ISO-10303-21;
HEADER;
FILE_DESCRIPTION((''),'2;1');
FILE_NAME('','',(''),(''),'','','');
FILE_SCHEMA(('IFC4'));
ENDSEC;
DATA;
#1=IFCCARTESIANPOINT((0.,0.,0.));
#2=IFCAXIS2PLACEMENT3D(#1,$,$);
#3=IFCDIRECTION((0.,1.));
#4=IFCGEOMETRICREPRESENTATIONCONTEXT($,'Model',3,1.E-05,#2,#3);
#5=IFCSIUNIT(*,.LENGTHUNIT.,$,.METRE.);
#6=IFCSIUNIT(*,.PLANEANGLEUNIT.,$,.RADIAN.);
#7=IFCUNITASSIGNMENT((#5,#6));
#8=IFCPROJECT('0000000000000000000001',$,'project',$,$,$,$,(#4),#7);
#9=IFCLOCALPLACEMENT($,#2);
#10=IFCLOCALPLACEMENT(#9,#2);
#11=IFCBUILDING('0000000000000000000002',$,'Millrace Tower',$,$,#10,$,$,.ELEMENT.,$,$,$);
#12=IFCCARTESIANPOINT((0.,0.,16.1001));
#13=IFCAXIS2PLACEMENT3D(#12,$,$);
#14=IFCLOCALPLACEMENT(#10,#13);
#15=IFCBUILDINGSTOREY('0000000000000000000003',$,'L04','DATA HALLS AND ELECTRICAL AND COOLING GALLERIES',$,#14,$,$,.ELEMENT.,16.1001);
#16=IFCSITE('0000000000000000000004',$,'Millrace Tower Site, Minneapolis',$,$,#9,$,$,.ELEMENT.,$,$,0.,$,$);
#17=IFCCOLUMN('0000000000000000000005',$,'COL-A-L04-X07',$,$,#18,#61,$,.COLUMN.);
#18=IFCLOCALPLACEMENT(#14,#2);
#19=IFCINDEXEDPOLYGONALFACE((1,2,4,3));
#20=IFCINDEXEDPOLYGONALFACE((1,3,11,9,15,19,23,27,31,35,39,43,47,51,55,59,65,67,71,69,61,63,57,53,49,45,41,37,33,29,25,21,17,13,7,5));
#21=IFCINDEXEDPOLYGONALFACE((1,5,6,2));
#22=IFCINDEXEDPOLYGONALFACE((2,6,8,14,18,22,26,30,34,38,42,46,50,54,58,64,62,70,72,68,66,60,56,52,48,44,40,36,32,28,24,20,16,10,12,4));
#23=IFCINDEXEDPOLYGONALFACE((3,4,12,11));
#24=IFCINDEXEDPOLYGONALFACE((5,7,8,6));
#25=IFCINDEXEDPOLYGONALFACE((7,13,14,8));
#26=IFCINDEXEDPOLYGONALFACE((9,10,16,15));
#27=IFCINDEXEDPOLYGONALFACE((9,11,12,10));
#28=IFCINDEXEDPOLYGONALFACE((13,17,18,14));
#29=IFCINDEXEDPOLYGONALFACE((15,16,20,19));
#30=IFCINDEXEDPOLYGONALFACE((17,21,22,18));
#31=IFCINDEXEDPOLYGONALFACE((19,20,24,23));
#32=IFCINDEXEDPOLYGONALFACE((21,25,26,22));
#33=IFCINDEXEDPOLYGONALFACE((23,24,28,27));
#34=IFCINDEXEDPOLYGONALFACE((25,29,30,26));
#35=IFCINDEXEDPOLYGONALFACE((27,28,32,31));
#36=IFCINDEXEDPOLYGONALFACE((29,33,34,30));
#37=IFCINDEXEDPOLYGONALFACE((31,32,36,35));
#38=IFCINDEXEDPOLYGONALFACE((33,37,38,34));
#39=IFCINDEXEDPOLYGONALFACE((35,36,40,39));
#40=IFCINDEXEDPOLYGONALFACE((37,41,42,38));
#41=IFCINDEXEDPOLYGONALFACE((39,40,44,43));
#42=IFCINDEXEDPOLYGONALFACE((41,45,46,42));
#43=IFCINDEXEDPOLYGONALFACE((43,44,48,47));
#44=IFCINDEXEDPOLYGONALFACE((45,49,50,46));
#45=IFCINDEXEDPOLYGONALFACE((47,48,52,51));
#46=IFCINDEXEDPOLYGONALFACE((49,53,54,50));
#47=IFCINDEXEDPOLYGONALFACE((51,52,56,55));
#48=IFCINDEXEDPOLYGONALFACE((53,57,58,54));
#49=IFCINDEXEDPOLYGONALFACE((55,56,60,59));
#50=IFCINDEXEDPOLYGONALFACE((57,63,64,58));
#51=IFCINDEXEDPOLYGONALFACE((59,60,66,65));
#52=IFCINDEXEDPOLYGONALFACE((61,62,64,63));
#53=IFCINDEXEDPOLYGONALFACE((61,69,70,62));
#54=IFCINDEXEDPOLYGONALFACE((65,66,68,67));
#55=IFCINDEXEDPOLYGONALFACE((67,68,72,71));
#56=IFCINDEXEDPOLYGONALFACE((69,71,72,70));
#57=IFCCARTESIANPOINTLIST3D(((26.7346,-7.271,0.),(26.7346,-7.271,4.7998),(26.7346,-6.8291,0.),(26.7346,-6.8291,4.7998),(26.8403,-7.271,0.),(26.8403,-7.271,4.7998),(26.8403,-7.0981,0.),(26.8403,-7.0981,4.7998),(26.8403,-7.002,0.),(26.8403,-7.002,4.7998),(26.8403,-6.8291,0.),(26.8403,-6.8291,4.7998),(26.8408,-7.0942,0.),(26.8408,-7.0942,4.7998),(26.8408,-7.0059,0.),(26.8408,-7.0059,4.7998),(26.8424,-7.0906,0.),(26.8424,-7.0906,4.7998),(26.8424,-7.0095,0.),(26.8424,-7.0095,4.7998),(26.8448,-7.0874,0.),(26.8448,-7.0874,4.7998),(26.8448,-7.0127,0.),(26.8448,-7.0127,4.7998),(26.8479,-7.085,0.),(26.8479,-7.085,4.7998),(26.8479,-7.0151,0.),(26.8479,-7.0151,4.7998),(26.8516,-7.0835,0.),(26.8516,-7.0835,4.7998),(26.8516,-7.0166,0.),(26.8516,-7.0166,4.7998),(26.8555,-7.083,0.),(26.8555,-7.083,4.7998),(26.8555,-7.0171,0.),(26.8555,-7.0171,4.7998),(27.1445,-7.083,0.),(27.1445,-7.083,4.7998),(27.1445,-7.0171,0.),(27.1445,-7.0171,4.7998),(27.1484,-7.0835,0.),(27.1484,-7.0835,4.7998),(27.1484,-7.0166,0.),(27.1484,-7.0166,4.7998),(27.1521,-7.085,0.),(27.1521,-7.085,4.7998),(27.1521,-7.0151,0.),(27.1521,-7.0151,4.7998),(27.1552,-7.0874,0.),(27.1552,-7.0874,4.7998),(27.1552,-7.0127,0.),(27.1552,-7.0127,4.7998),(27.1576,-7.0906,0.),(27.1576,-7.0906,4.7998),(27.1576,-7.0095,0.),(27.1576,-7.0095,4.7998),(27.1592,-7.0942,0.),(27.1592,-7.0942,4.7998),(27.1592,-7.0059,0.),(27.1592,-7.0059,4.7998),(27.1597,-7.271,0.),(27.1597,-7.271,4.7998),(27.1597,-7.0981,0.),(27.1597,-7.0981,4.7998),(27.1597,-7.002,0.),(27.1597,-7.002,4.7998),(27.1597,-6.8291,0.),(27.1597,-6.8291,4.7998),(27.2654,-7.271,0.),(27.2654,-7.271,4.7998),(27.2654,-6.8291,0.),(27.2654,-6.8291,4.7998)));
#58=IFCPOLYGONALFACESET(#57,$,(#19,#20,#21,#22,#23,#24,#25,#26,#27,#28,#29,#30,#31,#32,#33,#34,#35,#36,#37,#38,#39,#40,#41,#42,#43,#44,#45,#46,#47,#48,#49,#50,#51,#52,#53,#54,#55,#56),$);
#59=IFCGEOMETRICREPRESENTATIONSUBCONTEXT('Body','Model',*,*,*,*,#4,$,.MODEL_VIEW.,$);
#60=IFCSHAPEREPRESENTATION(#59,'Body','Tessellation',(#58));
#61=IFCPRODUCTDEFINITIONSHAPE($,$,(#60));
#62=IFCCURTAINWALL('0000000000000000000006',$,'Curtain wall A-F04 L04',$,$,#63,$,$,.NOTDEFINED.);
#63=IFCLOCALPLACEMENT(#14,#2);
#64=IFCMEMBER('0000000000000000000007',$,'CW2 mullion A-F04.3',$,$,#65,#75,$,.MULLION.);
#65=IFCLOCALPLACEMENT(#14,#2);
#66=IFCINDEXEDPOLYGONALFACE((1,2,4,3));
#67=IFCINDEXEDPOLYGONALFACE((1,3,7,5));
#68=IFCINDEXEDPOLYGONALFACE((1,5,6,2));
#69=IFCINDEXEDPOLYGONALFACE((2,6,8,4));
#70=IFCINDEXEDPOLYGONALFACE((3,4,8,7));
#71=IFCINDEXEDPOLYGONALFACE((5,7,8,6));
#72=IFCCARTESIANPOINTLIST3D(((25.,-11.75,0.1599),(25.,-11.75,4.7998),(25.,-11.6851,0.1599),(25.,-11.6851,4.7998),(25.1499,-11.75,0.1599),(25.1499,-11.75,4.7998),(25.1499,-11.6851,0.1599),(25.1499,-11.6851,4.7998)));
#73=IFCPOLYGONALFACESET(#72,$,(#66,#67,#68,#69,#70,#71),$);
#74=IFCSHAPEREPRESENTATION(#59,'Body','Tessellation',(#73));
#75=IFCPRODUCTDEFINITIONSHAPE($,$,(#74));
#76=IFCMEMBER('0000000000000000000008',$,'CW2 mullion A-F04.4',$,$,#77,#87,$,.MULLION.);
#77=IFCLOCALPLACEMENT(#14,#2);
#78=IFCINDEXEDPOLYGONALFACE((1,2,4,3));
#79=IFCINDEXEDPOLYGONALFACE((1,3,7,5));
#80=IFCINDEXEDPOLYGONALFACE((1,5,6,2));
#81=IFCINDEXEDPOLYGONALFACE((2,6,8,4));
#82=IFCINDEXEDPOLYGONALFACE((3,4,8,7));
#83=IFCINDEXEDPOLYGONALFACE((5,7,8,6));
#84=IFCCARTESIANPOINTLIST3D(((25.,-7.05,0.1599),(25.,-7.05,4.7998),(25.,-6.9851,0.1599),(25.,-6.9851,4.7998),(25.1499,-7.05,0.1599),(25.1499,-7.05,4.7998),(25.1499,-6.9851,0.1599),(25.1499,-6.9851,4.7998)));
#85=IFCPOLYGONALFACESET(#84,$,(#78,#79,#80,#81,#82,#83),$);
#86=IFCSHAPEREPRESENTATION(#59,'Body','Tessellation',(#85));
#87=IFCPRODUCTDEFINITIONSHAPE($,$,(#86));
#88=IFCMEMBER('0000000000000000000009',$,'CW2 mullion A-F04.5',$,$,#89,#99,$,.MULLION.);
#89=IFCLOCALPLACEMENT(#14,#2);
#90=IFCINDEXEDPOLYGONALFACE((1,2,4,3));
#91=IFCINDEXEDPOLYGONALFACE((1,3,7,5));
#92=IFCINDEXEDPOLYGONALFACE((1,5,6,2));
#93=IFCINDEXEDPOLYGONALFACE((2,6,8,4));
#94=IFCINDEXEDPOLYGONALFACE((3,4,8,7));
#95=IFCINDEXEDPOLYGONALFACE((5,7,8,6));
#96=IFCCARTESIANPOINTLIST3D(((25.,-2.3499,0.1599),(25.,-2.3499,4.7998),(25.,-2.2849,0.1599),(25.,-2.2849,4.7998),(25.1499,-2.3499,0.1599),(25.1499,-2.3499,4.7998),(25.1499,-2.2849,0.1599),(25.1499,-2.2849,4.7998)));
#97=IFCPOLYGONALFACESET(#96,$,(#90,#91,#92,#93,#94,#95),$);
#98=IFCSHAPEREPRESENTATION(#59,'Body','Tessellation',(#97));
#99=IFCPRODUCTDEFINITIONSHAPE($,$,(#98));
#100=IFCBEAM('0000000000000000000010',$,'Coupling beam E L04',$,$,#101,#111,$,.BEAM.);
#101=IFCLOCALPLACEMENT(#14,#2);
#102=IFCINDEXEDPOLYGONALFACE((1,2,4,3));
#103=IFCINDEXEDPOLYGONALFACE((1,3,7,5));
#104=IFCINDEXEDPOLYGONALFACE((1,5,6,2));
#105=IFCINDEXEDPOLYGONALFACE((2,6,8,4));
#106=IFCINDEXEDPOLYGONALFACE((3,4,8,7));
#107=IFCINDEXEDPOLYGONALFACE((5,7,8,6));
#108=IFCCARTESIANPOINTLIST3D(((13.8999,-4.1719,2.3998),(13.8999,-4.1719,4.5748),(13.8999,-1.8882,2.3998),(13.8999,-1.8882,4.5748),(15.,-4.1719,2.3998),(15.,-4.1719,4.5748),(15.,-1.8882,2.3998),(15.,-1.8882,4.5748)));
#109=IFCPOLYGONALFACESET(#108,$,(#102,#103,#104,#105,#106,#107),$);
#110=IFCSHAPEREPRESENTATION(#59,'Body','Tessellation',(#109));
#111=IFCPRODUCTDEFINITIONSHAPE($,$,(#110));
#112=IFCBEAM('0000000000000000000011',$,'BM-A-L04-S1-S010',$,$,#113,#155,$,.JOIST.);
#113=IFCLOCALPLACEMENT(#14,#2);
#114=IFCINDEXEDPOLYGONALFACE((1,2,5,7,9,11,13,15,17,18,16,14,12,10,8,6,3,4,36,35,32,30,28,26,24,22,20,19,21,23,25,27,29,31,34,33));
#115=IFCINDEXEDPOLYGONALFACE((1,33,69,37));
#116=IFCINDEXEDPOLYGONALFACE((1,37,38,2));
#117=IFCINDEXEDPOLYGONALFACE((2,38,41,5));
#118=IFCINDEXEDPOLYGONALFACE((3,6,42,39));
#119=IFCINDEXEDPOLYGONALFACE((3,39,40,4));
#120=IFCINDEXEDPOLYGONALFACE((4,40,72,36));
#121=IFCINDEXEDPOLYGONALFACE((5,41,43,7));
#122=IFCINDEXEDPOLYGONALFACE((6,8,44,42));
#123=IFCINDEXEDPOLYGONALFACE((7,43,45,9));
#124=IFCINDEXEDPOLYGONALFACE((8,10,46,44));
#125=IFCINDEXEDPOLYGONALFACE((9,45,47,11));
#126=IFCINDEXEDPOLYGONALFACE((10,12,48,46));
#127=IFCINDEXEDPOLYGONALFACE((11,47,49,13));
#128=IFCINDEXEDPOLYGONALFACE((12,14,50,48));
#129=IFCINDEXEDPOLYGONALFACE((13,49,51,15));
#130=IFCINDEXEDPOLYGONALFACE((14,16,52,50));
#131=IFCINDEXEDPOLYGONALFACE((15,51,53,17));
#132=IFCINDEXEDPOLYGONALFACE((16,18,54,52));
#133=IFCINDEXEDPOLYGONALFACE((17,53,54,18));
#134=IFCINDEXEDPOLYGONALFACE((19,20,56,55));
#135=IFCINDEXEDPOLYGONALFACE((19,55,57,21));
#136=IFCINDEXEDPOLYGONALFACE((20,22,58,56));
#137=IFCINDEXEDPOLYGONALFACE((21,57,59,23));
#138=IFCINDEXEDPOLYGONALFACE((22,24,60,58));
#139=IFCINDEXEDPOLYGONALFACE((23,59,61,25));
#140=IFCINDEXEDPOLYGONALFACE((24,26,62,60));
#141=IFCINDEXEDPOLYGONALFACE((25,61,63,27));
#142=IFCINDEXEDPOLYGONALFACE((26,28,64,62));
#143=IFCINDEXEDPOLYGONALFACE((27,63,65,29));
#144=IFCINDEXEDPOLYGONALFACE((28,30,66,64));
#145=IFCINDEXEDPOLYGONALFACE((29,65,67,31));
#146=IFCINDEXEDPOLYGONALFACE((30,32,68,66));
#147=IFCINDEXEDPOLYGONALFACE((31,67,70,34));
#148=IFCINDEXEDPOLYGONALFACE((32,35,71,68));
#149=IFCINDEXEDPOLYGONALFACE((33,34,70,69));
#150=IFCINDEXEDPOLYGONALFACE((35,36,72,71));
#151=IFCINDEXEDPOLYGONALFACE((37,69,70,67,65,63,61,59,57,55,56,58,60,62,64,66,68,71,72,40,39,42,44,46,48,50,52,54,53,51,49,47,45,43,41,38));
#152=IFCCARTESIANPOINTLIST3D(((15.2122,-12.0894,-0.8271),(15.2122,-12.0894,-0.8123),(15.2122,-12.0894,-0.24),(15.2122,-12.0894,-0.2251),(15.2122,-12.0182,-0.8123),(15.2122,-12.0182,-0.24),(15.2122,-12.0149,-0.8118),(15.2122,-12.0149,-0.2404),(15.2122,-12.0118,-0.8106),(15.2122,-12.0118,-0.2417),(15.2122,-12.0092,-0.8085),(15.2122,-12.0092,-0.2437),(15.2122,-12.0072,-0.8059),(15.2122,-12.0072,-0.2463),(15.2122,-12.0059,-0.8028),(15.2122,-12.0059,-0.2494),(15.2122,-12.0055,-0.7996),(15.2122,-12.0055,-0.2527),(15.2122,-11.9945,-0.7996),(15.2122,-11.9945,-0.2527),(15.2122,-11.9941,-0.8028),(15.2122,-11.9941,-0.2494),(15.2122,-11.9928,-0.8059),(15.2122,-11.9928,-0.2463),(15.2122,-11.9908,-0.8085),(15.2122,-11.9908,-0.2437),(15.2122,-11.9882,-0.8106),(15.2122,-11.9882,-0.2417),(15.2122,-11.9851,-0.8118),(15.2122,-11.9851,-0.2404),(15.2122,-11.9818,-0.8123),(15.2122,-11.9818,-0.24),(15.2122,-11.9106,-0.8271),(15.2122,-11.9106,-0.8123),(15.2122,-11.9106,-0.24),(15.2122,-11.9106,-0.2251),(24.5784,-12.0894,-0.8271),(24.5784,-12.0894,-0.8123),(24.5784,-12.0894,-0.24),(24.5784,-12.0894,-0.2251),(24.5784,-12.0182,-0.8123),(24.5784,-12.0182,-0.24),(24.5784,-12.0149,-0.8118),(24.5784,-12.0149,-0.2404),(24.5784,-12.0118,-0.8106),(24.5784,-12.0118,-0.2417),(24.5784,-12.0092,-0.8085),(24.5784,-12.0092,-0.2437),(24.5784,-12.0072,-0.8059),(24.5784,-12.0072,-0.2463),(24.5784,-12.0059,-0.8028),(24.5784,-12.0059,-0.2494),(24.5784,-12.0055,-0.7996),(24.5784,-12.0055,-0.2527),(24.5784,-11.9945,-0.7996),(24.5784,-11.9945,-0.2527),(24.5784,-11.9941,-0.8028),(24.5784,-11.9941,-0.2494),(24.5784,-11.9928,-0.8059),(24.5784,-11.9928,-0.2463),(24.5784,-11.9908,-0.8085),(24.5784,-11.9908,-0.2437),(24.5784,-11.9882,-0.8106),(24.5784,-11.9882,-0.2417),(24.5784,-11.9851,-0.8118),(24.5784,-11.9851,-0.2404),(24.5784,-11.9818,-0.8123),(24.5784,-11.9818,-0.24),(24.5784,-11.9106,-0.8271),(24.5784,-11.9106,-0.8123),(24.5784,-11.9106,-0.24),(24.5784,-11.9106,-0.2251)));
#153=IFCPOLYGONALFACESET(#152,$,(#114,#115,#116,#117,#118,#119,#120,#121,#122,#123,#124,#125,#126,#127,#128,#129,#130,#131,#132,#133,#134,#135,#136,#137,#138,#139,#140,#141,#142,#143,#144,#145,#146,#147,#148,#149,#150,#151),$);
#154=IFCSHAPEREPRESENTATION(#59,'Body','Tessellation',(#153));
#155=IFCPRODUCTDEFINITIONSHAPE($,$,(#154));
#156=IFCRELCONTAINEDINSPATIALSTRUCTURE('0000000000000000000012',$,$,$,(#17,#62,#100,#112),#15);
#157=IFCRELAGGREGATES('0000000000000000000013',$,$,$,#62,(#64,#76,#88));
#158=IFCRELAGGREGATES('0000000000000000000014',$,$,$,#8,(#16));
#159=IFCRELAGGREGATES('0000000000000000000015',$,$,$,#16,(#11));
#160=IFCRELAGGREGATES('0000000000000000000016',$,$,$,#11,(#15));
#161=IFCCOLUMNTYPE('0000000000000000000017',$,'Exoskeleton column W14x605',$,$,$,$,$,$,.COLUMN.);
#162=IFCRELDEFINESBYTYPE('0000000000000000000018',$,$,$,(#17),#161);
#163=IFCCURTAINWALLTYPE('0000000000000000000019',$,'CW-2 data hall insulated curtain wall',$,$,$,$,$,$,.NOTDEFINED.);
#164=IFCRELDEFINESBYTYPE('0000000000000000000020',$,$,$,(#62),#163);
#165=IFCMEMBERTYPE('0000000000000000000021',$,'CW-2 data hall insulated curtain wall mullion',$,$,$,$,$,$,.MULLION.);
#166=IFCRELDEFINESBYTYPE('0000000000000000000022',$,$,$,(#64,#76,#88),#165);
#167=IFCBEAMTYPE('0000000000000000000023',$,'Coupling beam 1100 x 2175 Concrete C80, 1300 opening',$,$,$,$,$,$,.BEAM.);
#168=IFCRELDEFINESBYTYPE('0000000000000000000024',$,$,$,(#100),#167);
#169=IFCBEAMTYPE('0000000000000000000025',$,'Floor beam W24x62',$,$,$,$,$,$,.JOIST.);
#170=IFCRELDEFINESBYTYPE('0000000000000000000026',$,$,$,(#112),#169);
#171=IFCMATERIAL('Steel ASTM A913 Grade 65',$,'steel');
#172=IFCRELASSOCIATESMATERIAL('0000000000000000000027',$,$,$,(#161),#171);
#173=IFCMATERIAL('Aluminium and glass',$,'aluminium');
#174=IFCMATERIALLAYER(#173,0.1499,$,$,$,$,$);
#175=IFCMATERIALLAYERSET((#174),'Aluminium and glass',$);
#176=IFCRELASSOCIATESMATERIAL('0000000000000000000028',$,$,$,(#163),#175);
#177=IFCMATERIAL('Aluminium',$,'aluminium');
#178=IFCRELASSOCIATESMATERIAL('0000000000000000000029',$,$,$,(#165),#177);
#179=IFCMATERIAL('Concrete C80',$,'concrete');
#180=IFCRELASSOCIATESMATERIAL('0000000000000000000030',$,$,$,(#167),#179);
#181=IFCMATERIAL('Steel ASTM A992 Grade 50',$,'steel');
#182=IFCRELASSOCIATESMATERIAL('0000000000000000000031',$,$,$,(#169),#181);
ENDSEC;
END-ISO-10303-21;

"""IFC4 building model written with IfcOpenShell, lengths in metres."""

from ifc_helpers import new_model, si_unit, direction, frame, origin, origin_2d, place, context, subcontext, project, spatial, rectangle, i_section, extrude, material, layer, layer_set, material_profile, profile_set, type_object, element, aggregate, save


model = new_model("IFC4")

# Units and contexts
model_context = context("Model", 3, precision=1e-05, world=origin(), true_north=direction((0.0, 1.0)))
body_context = subcontext(model_context, "Body", "Model", "MODEL_VIEW")
ifc_project = project(units=[si_unit("LENGTHUNIT", "METRE"), si_unit("PLANEANGLEUNIT", "RADIAN")], contexts=[model_context])

# Site, building, storey
site_placement = place(None, origin())
site = spatial("IfcSite", under=ifc_project, at=site_placement, Name="Millrace Tower Site, Minneapolis", CompositionType="ELEMENT", RefElevation=0.0)
building_placement = place(site_placement, origin())
building = spatial("IfcBuilding", under=site, at=building_placement, Name="Millrace Tower", CompositionType="ELEMENT")
storey_placement = place(building_placement, frame((0.0, 0.0, 16.1001)))
storey = spatial("IfcBuildingStorey", under=building, at=storey_placement, Name="L04", Description="DATA HALLS AND ELECTRICAL AND COOLING GALLERIES", CompositionType="ELEMENT", Elevation=16.1001)

# Column
ifc_material_1 = material(Name="Steel ASTM A913 Grade 65", Category="steel")
ifc_material_profile_1 = material_profile(ifc_material_1, i_section(OverallWidth=0.4419, OverallDepth=0.5308, WebThickness=0.0659, FlangeThickness=0.1057, FilletRadius=0.0151, at=origin_2d()))
ifc_profile_set_1 = profile_set([ifc_material_profile_1], Name="Steel ASTM A913 Grade 65")
column_type = type_object("IfcColumnType", Name="Exoskeleton column W14x605", PredefinedType="COLUMN", material=ifc_profile_set_1)
column_placement = place(storey_placement, frame((27.0, -7.05, 0.0), z_axis=(0.0, 0.0, 1.0), x_axis=(0.0, 1.0, 0.0)))
element("IfcColumn", 1, at=column_placement, inside=storey, type_object=column_type, Name="COL-A-L04-X07", PredefinedType="COLUMN", context=body_context, shape_type="SweptSolid", body=[
    extrude(i_section(OverallWidth=0.4419, OverallDepth=0.5308, WebThickness=0.0659, FlangeThickness=0.1057, FilletRadius=0.0151, at=origin_2d()), origin(), (0.0, 0.0, 1.0), 4.7998),
])

# Curtain wall, members
ifc_material_2 = material(Name="Aluminium and glass", Category="aluminium")
ifc_layer_1 = layer(ifc_material_2, 0.1499)
ifc_layer_set_1 = layer_set([ifc_layer_1], Name="Aluminium and glass")
curtain_wall_type = type_object("IfcCurtainWallType", Name="CW-2 data hall insulated curtain wall", PredefinedType="NOTDEFINED", material=ifc_layer_set_1)
placement = place(storey_placement, origin())
curtain_wall = element("IfcCurtainWall", 2, at=placement, inside=storey, type_object=curtain_wall_type, Name="Curtain wall A-F04 L04", PredefinedType="NOTDEFINED")
ifc_material_3 = material(Name="Aluminium", Category="aluminium")
ifc_material_profile_2 = material_profile(ifc_material_3, rectangle(XDim=0.0649, YDim=0.1499, at=origin_2d()))
ifc_profile_set_2 = profile_set([ifc_material_profile_2], Name="Aluminium")
member_type = type_object("IfcMemberType", Name="CW-2 data hall insulated curtain wall mullion", PredefinedType="MULLION", material=ifc_profile_set_2)
member_1_placement = place(storey_placement, frame((25.075, -11.7175, 0.1599), z_axis=(0.0, 0.0, 1.0), x_axis=(0.0, 1.0, 0.0)))
member_1 = element("IfcMember", 3, at=member_1_placement, type_object=member_type, Name="CW2 mullion A-F04.3", PredefinedType="MULLION", context=body_context, shape_type="SweptSolid", body=[
    extrude(rectangle(XDim=0.0649, YDim=0.1499, at=origin_2d()), origin(), (0.0, 0.0, 1.0), 4.6399),
])
member_2_placement = place(storey_placement, frame((25.075, -7.0176, 0.1599), z_axis=(0.0, 0.0, 1.0), x_axis=(0.0, 1.0, 0.0)))
member_2 = element("IfcMember", 4, at=member_2_placement, type_object=member_type, Name="CW2 mullion A-F04.4", PredefinedType="MULLION", context=body_context, shape_type="SweptSolid", body=[
    extrude(rectangle(XDim=0.0649, YDim=0.1499, at=origin_2d()), origin(), (0.0, 0.0, 1.0), 4.6399),
])
member_3_placement = place(storey_placement, frame((25.075, -2.3174, 0.1599), z_axis=(0.0, 0.0, 1.0), x_axis=(0.0, 1.0, 0.0)))
member_3 = element("IfcMember", 5, at=member_3_placement, type_object=member_type, Name="CW2 mullion A-F04.5", PredefinedType="MULLION", context=body_context, shape_type="SweptSolid", body=[
    extrude(rectangle(XDim=0.0649, YDim=0.1499, at=origin_2d()), origin(), (0.0, 0.0, 1.0), 4.6399),
])
aggregate(curtain_wall, [member_1, member_2, member_3])

# Beams
ifc_material_4 = material(Name="Concrete C80", Category="concrete")
ifc_material_profile_3 = material_profile(ifc_material_4, rectangle(XDim=1.1001, YDim=2.175, at=origin_2d()))
ifc_profile_set_3 = profile_set([ifc_material_profile_3], Name="Concrete C80")
beam_type_1 = type_object("IfcBeamType", Name="Coupling beam 1100 x 2175 Concrete C80, 1300 opening", PredefinedType="BEAM", material=ifc_profile_set_3)
beam_1_placement = place(storey_placement, frame((14.45, -1.8882, 3.4873), z_axis=(0.0, -1.0, 0.0), x_axis=(1.0, 0.0, 0.0)))
element("IfcBeam", 6, at=beam_1_placement, inside=storey, type_object=beam_type_1, Name="Coupling beam E L04", PredefinedType="BEAM", context=body_context, shape_type="SweptSolid", body=[
    extrude(rectangle(XDim=1.1001, YDim=2.175, at=origin_2d()), origin(), (0.0, 0.0, 1.0), 2.2837),
])
ifc_material_5 = material(Name="Steel ASTM A992 Grade 50", Category="steel")
ifc_material_profile_4 = material_profile(ifc_material_5, i_section(OverallWidth=0.1787, OverallDepth=0.6021, WebThickness=0.011, FlangeThickness=0.0149, FilletRadius=0.0127, at=origin_2d()))
ifc_profile_set_4 = profile_set([ifc_material_profile_4], Name="Steel ASTM A992 Grade 50")
beam_type_2 = type_object("IfcBeamType", Name="Floor beam W24x62", PredefinedType="JOIST", material=ifc_profile_set_4)
beam_2_placement = place(storey_placement, frame((15.2122, -12.0, -0.5261), z_axis=(1.0, 0.0, 0.0), x_axis=(0.0, 1.0, 0.0)))
element("IfcBeam", 7, at=beam_2_placement, inside=storey, type_object=beam_type_2, Name="BM-A-L04-S1-S010", PredefinedType="JOIST", context=body_context, shape_type="SweptSolid", body=[
    extrude(i_section(OverallWidth=0.1787, OverallDepth=0.6021, WebThickness=0.011, FlangeThickness=0.0149, FilletRadius=0.0127, at=origin_2d()), origin(), (0.0, 0.0, 1.0), 9.3662),
])

save(model, "model.ifc")
